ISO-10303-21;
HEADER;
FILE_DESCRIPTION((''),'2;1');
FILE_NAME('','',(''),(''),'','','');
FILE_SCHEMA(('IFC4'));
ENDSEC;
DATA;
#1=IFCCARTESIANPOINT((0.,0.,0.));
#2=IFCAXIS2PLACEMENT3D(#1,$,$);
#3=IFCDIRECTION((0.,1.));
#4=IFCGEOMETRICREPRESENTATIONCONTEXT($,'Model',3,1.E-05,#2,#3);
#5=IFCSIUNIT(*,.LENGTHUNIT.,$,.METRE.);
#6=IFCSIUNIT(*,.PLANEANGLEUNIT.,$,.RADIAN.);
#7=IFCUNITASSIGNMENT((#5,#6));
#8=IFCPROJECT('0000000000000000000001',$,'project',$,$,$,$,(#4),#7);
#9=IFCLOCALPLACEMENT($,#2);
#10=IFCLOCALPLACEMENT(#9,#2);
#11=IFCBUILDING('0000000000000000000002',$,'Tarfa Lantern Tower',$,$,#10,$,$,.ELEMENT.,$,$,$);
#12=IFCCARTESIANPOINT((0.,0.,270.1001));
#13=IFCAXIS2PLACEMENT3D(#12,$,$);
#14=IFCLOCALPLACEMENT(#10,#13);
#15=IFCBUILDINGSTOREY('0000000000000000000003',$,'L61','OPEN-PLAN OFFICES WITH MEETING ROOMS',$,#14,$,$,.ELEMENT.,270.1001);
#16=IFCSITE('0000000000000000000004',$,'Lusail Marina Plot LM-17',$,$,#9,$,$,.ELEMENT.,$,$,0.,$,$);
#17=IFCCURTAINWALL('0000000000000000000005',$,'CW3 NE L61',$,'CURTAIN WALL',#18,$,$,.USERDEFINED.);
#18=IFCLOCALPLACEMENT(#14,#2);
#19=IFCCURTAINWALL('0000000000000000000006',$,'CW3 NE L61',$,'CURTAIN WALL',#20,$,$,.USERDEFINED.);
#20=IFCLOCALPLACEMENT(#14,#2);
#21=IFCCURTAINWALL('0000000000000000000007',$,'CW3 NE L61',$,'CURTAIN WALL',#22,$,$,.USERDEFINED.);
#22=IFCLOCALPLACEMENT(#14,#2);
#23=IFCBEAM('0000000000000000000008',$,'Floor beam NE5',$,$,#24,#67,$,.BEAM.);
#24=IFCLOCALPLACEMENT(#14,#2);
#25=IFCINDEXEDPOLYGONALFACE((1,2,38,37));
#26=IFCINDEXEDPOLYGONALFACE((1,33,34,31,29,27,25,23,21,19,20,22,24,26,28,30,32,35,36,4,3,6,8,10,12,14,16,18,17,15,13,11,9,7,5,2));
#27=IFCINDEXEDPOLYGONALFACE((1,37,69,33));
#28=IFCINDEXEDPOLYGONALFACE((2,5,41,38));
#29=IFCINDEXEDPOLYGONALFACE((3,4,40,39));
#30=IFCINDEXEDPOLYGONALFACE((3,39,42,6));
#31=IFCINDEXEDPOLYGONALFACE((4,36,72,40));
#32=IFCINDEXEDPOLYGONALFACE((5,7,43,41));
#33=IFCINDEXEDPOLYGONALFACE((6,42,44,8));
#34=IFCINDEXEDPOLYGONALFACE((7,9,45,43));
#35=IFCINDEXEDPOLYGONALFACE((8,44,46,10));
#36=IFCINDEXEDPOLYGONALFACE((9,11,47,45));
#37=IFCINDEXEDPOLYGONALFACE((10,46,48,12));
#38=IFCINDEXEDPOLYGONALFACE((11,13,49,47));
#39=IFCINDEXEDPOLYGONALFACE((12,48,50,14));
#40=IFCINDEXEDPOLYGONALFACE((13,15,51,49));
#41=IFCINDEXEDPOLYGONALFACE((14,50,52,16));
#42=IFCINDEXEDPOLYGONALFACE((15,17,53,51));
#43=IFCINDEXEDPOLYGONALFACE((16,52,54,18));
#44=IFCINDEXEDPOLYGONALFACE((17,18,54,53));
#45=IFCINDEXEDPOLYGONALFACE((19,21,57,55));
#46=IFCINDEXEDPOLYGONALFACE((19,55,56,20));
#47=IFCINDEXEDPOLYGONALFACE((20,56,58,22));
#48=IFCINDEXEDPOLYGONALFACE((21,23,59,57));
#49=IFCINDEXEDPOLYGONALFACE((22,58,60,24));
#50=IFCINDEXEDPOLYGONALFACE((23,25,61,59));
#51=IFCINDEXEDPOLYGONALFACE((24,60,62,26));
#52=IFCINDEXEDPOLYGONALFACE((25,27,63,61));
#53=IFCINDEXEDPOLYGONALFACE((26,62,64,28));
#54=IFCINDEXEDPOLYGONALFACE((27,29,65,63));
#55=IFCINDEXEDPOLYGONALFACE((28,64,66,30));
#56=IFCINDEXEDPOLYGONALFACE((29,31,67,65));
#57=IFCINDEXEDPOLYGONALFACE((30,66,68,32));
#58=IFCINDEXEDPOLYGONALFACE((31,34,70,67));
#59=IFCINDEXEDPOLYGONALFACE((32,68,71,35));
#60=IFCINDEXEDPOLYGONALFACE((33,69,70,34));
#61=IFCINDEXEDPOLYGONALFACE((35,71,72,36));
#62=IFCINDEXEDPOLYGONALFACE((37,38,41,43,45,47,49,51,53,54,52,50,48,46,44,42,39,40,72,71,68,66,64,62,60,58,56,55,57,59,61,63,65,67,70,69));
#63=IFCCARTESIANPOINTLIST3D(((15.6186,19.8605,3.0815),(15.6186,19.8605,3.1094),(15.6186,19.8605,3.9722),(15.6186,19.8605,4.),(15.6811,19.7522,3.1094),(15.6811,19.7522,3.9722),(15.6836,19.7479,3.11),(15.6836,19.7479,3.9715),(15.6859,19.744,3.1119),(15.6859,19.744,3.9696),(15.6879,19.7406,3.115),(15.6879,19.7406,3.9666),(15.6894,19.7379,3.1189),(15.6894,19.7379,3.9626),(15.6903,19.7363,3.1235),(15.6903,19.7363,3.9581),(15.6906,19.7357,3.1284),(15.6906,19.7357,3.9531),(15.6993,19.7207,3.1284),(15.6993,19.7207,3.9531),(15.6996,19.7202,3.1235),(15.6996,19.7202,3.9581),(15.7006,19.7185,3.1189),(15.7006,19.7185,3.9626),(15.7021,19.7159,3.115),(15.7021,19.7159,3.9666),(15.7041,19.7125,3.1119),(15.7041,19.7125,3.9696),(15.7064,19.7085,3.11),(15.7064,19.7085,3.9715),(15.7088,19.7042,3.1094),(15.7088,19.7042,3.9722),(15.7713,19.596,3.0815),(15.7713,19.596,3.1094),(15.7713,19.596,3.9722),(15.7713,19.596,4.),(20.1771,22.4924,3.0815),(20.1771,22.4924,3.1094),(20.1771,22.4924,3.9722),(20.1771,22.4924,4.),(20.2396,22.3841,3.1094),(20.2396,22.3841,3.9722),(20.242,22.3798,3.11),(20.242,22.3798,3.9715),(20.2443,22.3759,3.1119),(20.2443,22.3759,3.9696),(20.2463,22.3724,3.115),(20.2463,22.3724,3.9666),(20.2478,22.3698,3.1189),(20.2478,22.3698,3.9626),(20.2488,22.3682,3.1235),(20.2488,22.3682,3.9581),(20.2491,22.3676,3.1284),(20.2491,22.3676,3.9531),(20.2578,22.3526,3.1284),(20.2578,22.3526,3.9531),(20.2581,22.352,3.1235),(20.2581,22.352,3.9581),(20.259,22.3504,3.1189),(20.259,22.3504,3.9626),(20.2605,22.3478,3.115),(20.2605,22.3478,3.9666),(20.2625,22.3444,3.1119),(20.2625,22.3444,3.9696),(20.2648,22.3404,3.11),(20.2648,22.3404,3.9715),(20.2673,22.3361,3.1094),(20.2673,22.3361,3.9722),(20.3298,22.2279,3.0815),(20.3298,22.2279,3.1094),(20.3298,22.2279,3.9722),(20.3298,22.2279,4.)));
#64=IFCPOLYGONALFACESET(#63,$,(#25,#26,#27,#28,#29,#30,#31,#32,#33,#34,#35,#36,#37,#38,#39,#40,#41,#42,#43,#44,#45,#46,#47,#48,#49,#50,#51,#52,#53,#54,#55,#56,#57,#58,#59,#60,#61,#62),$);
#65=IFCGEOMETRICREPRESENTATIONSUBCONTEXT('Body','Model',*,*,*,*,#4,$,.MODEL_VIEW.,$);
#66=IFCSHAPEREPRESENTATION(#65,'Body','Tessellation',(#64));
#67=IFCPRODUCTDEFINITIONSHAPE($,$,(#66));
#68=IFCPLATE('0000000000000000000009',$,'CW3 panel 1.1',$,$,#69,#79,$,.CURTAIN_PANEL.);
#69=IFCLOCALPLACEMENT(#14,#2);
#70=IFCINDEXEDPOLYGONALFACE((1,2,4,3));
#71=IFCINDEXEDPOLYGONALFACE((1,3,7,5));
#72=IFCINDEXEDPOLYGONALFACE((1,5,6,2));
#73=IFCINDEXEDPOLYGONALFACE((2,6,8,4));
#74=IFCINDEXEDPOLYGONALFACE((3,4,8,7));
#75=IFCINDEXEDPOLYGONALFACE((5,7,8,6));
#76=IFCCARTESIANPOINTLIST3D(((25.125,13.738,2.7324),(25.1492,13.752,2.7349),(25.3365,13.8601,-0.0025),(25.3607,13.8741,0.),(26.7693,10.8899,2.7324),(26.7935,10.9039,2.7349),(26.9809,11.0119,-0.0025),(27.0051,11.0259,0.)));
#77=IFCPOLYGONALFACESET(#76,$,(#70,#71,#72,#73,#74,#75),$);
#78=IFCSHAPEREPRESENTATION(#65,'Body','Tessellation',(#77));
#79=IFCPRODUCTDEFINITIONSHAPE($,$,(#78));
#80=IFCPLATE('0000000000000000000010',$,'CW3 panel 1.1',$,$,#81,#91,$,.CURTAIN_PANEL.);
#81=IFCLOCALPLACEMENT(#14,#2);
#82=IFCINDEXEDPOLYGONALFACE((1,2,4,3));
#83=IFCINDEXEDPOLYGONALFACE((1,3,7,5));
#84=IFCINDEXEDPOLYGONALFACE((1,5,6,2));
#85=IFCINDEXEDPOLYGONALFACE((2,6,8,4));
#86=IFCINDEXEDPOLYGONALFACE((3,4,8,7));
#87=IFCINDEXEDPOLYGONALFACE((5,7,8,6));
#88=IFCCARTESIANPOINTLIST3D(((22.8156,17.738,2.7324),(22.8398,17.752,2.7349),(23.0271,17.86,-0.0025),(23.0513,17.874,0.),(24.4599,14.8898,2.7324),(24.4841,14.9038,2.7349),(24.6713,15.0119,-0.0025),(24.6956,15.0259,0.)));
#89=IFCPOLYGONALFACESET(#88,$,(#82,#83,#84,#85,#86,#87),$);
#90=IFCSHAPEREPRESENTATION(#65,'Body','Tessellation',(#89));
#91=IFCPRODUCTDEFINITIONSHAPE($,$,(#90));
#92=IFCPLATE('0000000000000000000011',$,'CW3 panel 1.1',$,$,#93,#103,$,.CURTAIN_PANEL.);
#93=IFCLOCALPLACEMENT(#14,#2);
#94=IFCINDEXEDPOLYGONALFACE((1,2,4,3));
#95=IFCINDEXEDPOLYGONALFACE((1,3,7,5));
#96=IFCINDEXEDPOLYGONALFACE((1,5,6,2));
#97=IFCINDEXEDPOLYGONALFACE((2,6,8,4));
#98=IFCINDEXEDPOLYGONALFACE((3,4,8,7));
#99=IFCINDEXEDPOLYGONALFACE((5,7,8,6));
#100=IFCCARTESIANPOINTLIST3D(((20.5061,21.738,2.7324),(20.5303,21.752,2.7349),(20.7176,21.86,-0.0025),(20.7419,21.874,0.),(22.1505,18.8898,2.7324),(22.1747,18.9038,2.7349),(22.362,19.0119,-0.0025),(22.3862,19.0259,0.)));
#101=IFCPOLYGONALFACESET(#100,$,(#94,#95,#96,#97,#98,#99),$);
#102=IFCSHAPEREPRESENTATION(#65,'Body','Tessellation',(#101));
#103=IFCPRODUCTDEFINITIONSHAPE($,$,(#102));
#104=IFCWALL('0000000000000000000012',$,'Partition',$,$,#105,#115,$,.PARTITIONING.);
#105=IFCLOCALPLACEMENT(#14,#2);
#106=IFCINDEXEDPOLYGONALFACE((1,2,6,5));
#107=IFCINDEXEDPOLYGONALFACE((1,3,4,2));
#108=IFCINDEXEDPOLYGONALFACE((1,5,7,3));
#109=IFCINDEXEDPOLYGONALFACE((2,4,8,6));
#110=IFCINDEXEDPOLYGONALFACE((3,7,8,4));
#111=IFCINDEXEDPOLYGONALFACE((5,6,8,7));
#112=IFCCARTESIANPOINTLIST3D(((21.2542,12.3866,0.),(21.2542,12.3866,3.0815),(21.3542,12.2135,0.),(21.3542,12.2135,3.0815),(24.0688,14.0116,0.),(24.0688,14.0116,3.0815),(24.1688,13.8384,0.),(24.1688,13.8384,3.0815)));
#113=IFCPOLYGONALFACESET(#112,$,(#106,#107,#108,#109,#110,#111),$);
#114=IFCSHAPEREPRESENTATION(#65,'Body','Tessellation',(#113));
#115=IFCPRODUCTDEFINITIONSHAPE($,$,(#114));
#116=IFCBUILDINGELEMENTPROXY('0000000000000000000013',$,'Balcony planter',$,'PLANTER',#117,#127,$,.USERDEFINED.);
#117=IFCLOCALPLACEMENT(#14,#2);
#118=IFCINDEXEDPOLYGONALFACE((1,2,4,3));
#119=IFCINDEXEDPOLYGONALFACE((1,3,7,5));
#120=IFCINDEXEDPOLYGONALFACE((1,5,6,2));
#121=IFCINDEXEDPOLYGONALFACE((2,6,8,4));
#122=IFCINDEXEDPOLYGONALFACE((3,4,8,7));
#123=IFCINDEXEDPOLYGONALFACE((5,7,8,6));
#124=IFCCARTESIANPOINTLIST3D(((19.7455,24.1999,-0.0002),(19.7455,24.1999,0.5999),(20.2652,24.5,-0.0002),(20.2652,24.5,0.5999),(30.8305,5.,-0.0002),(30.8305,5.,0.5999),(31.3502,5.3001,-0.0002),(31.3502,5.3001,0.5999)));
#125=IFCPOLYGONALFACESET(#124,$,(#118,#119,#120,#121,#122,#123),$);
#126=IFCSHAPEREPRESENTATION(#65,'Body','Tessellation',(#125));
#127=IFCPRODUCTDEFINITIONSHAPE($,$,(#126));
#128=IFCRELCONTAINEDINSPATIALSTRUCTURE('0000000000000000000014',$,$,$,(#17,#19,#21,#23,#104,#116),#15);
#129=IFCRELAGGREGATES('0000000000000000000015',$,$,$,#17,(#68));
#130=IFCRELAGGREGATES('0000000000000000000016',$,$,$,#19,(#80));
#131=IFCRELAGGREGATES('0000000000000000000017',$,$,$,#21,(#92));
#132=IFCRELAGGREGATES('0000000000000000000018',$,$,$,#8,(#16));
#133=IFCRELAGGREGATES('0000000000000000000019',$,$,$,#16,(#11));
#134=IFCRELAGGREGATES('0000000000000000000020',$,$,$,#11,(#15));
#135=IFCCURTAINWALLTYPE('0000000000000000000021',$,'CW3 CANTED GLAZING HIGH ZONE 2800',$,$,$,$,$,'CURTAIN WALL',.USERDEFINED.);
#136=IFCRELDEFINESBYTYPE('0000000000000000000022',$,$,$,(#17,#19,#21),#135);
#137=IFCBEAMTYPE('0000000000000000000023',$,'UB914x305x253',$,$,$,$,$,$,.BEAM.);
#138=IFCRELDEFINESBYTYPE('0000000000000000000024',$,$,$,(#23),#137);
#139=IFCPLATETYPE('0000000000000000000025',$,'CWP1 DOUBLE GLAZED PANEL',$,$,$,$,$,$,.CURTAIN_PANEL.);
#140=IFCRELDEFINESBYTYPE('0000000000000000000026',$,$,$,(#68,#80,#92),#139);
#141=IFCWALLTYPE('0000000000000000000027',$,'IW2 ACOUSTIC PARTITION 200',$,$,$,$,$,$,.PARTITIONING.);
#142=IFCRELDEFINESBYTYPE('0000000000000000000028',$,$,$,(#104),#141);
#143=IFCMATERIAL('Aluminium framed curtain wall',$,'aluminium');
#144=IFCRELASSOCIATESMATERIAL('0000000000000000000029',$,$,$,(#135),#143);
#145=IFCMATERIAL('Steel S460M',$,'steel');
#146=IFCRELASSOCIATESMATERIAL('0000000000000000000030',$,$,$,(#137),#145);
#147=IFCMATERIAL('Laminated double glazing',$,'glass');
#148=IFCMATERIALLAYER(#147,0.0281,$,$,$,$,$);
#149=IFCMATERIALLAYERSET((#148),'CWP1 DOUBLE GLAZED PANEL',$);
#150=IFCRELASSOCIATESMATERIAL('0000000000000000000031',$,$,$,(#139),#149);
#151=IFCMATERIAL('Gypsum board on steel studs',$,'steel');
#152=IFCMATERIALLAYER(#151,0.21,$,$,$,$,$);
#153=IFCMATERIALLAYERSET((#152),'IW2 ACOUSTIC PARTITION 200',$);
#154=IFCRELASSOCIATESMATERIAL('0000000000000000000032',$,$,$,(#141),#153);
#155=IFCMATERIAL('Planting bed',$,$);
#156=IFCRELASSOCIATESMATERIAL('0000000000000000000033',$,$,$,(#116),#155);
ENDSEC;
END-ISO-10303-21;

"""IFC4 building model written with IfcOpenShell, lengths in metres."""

from ifc_helpers import new_model, si_unit, direction, frame, frame_2d, origin, origin_2d, place, context, subcontext, project, spatial, polyline, rectangle, i_section, outline, extrude, material, layer, layer_set, material_profile, profile_set, type_object, element, aggregate, save


model = new_model("IFC4")

# Units and contexts
model_context = context("Model", 3, precision=1e-05, world=origin(), true_north=direction((0.0, 1.0)))
body_context = subcontext(model_context, "Body", "Model", "MODEL_VIEW")
ifc_project = project(units=[si_unit("LENGTHUNIT", "METRE"), si_unit("PLANEANGLEUNIT", "RADIAN")], contexts=[model_context])

# Site, building, storey
site_placement = place(None, origin())
site = spatial("IfcSite", under=ifc_project, at=site_placement, Name="Lusail Marina Plot LM-17", CompositionType="ELEMENT", RefElevation=0.0)
building_placement = place(site_placement, origin())
building = spatial("IfcBuilding", under=site, at=building_placement, Name="Tarfa Lantern Tower", CompositionType="ELEMENT")
storey_placement = place(building_placement, frame((0.0, 0.0, 270.1001)))
storey = spatial("IfcBuildingStorey", under=building, at=storey_placement, Name="L61", Description="OPEN-PLAN OFFICES WITH MEETING ROOMS", CompositionType="ELEMENT", Elevation=270.1001)

# Curtain walls
ifc_material_1 = material(Name="Aluminium framed curtain wall", Category="aluminium")
curtain_wall_type = type_object("IfcCurtainWallType", Name="CW3 CANTED GLAZING HIGH ZONE 2800", ElementType="CURTAIN WALL", PredefinedType="USERDEFINED", material=ifc_material_1)
curtain_wall_1_placement = place(storey_placement, origin())
curtain_wall_1 = element("IfcCurtainWall", 1, at=curtain_wall_1_placement, inside=storey, type_object=curtain_wall_type, Name="CW3 NE L61", ObjectType="CURTAIN WALL", PredefinedType="USERDEFINED")
curtain_wall_2_placement = place(storey_placement, origin())
curtain_wall_2 = element("IfcCurtainWall", 2, at=curtain_wall_2_placement, inside=storey, type_object=curtain_wall_type, Name="CW3 NE L61", ObjectType="CURTAIN WALL", PredefinedType="USERDEFINED")
curtain_wall_3_placement = place(storey_placement, origin())
curtain_wall_3 = element("IfcCurtainWall", 3, at=curtain_wall_3_placement, inside=storey, type_object=curtain_wall_type, Name="CW3 NE L61", ObjectType="CURTAIN WALL", PredefinedType="USERDEFINED")

# Beam
ifc_material_2 = material(Name="Steel S460M", Category="steel")
ifc_material_profile_1 = material_profile(ifc_material_2, i_section(OverallWidth=0.3054, OverallDepth=0.9185, WebThickness=0.0173, FlangeThickness=0.0278, FilletRadius=0.019, at=origin_2d()), Name="UB914x305x253")
ifc_profile_set_1 = profile_set([ifc_material_profile_1], Name="Steel S460M")
beam_type_1 = type_object("IfcBeamType", Name="UB914x305x253", PredefinedType="BEAM", material=ifc_profile_set_1)
beam_1_placement = place(storey_placement, frame((20.2534, 22.3601, 3.5408), z_axis=(-0.86602, -0.50001, 0.0), x_axis=(0.50001, -0.86602, 0.0)))
element("IfcBeam", 4, at=beam_1_placement, inside=storey, type_object=beam_type_1, Name="Floor beam NE5", PredefinedType="BEAM", context=body_context, shape_type="SweptSolid", body=[
    extrude(i_section(OverallWidth=0.3054, OverallDepth=0.9185, WebThickness=0.0173, FlangeThickness=0.0278, FilletRadius=0.019, at=origin_2d()), origin(), (0.0, 0.0, 1.0), 5.2637),
])

# Plates
ifc_material_3 = material(Name="Laminated double glazing", Category="glass")
ifc_layer_1 = layer(ifc_material_3, 0.0281)
ifc_layer_set_1 = layer_set([ifc_layer_1], Name="CWP1 DOUBLE GLAZED PANEL")
plate_type = type_object("IfcPlateType", Name="CWP1 DOUBLE GLAZED PANEL", PredefinedType="CURTAIN_PANEL", material=ifc_layer_set_1)
plate_1_placement = place(storey_placement, frame((27.0051, 11.0259, 0.0), z_axis=(0.862588, 0.498025, 0.088952), x_axis=(-0.500008, 0.866021, 0.000003)))
plate_1 = element("IfcPlate", 5, at=plate_1_placement, type_object=plate_type, Name="CW3 panel 1.1", PredefinedType="CURTAIN_PANEL", context=body_context, shape_type="SweptSolid", body=[
    extrude(outline(polyline([(0.0, 0.0), (3.2888, 0.0), (3.2888, 2.7457), (0.0001, 2.7458), (0.0, 0.0)])), origin(), (0.0, 0.0, -1.0), 0.0281),
])
aggregate(curtain_wall_1, [plate_1])
plate_2_placement = place(storey_placement, frame((24.6956, 15.0259, 0.0), z_axis=(0.862607, 0.497999, 0.088914), x_axis=(-0.499979, 0.866037, 0.0)))
plate_2 = element("IfcPlate", 6, at=plate_2_placement, type_object=plate_type, Name="CW3 panel 1.1", PredefinedType="CURTAIN_PANEL", context=body_context, shape_type="SweptSolid", body=[
    extrude(outline(polyline([(0.0, 0.0), (3.2887, 0.0), (3.2887, 2.7457), (0.0, 2.7457), (0.0, 0.0)])), origin(), (0.0, 0.0, -1.0), 0.0281),
])
aggregate(curtain_wall_2, [plate_2])
plate_3_placement = place(storey_placement, frame((22.3862, 19.0259, 0.0), z_axis=(0.862588, 0.498025, 0.088952), x_axis=(-0.500007, 0.866021, -0.000003)))
plate_3 = element("IfcPlate", 7, at=plate_3_placement, type_object=plate_type, Name="CW3 panel 1.1", PredefinedType="CURTAIN_PANEL", context=body_context, shape_type="SweptSolid", body=[
    extrude(outline(polyline([(0.0, 0.0), (3.2887, 0.0), (3.2888, 2.7458), (0.0, 2.7457), (0.0, 0.0)])), origin(), (0.0, 0.0, -1.0), 0.0281),
])
aggregate(curtain_wall_3, [plate_3])

# Wall
ifc_material_4 = material(Name="Gypsum board on steel studs", Category="steel")
ifc_layer_2 = layer(ifc_material_4, 0.21)
ifc_layer_set_2 = layer_set([ifc_layer_2], Name="IW2 ACOUSTIC PARTITION 200")
wall_type = type_object("IfcWallType", Name="IW2 ACOUSTIC PARTITION 200", PredefinedType="PARTITIONING", material=ifc_layer_set_2)
wall_placement = place(storey_placement, frame((21.3042, 12.3, 0.0), z_axis=(0.0, 0.0, 1.0), x_axis=(0.866034, 0.499985, 0.0)))
element("IfcWall", 8, at=wall_placement, inside=storey, type_object=wall_type, Name="Partition", PredefinedType="PARTITIONING", context=body_context, shape_type="SweptSolid", body=[
    extrude(rectangle(XDim=3.25, YDim=0.2, at=frame_2d((1.625, 0.0))), origin(), (0.0, 0.0, 1.0), 3.0815),
])

# Building element proxy
ifc_material_5 = material(Name="Planting bed")
proxy_placement = place(storey_placement, frame((25.5479, 14.75, -0.0002), z_axis=(0.0, 0.0, 1.0), x_axis=(-0.5, 0.866025, 0.0)))
element("IfcBuildingElementProxy", 9, at=proxy_placement, inside=storey, material=ifc_material_5, Name="Balcony planter", ObjectType="PLANTER", PredefinedType="USERDEFINED", context=body_context, shape_type="SweptSolid", body=[
    extrude(rectangle(XDim=22.1702, YDim=0.6001, at=origin_2d()), origin(), (0.0, 0.0, 1.0), 0.6001),
])

save(model, "model.ifc")
